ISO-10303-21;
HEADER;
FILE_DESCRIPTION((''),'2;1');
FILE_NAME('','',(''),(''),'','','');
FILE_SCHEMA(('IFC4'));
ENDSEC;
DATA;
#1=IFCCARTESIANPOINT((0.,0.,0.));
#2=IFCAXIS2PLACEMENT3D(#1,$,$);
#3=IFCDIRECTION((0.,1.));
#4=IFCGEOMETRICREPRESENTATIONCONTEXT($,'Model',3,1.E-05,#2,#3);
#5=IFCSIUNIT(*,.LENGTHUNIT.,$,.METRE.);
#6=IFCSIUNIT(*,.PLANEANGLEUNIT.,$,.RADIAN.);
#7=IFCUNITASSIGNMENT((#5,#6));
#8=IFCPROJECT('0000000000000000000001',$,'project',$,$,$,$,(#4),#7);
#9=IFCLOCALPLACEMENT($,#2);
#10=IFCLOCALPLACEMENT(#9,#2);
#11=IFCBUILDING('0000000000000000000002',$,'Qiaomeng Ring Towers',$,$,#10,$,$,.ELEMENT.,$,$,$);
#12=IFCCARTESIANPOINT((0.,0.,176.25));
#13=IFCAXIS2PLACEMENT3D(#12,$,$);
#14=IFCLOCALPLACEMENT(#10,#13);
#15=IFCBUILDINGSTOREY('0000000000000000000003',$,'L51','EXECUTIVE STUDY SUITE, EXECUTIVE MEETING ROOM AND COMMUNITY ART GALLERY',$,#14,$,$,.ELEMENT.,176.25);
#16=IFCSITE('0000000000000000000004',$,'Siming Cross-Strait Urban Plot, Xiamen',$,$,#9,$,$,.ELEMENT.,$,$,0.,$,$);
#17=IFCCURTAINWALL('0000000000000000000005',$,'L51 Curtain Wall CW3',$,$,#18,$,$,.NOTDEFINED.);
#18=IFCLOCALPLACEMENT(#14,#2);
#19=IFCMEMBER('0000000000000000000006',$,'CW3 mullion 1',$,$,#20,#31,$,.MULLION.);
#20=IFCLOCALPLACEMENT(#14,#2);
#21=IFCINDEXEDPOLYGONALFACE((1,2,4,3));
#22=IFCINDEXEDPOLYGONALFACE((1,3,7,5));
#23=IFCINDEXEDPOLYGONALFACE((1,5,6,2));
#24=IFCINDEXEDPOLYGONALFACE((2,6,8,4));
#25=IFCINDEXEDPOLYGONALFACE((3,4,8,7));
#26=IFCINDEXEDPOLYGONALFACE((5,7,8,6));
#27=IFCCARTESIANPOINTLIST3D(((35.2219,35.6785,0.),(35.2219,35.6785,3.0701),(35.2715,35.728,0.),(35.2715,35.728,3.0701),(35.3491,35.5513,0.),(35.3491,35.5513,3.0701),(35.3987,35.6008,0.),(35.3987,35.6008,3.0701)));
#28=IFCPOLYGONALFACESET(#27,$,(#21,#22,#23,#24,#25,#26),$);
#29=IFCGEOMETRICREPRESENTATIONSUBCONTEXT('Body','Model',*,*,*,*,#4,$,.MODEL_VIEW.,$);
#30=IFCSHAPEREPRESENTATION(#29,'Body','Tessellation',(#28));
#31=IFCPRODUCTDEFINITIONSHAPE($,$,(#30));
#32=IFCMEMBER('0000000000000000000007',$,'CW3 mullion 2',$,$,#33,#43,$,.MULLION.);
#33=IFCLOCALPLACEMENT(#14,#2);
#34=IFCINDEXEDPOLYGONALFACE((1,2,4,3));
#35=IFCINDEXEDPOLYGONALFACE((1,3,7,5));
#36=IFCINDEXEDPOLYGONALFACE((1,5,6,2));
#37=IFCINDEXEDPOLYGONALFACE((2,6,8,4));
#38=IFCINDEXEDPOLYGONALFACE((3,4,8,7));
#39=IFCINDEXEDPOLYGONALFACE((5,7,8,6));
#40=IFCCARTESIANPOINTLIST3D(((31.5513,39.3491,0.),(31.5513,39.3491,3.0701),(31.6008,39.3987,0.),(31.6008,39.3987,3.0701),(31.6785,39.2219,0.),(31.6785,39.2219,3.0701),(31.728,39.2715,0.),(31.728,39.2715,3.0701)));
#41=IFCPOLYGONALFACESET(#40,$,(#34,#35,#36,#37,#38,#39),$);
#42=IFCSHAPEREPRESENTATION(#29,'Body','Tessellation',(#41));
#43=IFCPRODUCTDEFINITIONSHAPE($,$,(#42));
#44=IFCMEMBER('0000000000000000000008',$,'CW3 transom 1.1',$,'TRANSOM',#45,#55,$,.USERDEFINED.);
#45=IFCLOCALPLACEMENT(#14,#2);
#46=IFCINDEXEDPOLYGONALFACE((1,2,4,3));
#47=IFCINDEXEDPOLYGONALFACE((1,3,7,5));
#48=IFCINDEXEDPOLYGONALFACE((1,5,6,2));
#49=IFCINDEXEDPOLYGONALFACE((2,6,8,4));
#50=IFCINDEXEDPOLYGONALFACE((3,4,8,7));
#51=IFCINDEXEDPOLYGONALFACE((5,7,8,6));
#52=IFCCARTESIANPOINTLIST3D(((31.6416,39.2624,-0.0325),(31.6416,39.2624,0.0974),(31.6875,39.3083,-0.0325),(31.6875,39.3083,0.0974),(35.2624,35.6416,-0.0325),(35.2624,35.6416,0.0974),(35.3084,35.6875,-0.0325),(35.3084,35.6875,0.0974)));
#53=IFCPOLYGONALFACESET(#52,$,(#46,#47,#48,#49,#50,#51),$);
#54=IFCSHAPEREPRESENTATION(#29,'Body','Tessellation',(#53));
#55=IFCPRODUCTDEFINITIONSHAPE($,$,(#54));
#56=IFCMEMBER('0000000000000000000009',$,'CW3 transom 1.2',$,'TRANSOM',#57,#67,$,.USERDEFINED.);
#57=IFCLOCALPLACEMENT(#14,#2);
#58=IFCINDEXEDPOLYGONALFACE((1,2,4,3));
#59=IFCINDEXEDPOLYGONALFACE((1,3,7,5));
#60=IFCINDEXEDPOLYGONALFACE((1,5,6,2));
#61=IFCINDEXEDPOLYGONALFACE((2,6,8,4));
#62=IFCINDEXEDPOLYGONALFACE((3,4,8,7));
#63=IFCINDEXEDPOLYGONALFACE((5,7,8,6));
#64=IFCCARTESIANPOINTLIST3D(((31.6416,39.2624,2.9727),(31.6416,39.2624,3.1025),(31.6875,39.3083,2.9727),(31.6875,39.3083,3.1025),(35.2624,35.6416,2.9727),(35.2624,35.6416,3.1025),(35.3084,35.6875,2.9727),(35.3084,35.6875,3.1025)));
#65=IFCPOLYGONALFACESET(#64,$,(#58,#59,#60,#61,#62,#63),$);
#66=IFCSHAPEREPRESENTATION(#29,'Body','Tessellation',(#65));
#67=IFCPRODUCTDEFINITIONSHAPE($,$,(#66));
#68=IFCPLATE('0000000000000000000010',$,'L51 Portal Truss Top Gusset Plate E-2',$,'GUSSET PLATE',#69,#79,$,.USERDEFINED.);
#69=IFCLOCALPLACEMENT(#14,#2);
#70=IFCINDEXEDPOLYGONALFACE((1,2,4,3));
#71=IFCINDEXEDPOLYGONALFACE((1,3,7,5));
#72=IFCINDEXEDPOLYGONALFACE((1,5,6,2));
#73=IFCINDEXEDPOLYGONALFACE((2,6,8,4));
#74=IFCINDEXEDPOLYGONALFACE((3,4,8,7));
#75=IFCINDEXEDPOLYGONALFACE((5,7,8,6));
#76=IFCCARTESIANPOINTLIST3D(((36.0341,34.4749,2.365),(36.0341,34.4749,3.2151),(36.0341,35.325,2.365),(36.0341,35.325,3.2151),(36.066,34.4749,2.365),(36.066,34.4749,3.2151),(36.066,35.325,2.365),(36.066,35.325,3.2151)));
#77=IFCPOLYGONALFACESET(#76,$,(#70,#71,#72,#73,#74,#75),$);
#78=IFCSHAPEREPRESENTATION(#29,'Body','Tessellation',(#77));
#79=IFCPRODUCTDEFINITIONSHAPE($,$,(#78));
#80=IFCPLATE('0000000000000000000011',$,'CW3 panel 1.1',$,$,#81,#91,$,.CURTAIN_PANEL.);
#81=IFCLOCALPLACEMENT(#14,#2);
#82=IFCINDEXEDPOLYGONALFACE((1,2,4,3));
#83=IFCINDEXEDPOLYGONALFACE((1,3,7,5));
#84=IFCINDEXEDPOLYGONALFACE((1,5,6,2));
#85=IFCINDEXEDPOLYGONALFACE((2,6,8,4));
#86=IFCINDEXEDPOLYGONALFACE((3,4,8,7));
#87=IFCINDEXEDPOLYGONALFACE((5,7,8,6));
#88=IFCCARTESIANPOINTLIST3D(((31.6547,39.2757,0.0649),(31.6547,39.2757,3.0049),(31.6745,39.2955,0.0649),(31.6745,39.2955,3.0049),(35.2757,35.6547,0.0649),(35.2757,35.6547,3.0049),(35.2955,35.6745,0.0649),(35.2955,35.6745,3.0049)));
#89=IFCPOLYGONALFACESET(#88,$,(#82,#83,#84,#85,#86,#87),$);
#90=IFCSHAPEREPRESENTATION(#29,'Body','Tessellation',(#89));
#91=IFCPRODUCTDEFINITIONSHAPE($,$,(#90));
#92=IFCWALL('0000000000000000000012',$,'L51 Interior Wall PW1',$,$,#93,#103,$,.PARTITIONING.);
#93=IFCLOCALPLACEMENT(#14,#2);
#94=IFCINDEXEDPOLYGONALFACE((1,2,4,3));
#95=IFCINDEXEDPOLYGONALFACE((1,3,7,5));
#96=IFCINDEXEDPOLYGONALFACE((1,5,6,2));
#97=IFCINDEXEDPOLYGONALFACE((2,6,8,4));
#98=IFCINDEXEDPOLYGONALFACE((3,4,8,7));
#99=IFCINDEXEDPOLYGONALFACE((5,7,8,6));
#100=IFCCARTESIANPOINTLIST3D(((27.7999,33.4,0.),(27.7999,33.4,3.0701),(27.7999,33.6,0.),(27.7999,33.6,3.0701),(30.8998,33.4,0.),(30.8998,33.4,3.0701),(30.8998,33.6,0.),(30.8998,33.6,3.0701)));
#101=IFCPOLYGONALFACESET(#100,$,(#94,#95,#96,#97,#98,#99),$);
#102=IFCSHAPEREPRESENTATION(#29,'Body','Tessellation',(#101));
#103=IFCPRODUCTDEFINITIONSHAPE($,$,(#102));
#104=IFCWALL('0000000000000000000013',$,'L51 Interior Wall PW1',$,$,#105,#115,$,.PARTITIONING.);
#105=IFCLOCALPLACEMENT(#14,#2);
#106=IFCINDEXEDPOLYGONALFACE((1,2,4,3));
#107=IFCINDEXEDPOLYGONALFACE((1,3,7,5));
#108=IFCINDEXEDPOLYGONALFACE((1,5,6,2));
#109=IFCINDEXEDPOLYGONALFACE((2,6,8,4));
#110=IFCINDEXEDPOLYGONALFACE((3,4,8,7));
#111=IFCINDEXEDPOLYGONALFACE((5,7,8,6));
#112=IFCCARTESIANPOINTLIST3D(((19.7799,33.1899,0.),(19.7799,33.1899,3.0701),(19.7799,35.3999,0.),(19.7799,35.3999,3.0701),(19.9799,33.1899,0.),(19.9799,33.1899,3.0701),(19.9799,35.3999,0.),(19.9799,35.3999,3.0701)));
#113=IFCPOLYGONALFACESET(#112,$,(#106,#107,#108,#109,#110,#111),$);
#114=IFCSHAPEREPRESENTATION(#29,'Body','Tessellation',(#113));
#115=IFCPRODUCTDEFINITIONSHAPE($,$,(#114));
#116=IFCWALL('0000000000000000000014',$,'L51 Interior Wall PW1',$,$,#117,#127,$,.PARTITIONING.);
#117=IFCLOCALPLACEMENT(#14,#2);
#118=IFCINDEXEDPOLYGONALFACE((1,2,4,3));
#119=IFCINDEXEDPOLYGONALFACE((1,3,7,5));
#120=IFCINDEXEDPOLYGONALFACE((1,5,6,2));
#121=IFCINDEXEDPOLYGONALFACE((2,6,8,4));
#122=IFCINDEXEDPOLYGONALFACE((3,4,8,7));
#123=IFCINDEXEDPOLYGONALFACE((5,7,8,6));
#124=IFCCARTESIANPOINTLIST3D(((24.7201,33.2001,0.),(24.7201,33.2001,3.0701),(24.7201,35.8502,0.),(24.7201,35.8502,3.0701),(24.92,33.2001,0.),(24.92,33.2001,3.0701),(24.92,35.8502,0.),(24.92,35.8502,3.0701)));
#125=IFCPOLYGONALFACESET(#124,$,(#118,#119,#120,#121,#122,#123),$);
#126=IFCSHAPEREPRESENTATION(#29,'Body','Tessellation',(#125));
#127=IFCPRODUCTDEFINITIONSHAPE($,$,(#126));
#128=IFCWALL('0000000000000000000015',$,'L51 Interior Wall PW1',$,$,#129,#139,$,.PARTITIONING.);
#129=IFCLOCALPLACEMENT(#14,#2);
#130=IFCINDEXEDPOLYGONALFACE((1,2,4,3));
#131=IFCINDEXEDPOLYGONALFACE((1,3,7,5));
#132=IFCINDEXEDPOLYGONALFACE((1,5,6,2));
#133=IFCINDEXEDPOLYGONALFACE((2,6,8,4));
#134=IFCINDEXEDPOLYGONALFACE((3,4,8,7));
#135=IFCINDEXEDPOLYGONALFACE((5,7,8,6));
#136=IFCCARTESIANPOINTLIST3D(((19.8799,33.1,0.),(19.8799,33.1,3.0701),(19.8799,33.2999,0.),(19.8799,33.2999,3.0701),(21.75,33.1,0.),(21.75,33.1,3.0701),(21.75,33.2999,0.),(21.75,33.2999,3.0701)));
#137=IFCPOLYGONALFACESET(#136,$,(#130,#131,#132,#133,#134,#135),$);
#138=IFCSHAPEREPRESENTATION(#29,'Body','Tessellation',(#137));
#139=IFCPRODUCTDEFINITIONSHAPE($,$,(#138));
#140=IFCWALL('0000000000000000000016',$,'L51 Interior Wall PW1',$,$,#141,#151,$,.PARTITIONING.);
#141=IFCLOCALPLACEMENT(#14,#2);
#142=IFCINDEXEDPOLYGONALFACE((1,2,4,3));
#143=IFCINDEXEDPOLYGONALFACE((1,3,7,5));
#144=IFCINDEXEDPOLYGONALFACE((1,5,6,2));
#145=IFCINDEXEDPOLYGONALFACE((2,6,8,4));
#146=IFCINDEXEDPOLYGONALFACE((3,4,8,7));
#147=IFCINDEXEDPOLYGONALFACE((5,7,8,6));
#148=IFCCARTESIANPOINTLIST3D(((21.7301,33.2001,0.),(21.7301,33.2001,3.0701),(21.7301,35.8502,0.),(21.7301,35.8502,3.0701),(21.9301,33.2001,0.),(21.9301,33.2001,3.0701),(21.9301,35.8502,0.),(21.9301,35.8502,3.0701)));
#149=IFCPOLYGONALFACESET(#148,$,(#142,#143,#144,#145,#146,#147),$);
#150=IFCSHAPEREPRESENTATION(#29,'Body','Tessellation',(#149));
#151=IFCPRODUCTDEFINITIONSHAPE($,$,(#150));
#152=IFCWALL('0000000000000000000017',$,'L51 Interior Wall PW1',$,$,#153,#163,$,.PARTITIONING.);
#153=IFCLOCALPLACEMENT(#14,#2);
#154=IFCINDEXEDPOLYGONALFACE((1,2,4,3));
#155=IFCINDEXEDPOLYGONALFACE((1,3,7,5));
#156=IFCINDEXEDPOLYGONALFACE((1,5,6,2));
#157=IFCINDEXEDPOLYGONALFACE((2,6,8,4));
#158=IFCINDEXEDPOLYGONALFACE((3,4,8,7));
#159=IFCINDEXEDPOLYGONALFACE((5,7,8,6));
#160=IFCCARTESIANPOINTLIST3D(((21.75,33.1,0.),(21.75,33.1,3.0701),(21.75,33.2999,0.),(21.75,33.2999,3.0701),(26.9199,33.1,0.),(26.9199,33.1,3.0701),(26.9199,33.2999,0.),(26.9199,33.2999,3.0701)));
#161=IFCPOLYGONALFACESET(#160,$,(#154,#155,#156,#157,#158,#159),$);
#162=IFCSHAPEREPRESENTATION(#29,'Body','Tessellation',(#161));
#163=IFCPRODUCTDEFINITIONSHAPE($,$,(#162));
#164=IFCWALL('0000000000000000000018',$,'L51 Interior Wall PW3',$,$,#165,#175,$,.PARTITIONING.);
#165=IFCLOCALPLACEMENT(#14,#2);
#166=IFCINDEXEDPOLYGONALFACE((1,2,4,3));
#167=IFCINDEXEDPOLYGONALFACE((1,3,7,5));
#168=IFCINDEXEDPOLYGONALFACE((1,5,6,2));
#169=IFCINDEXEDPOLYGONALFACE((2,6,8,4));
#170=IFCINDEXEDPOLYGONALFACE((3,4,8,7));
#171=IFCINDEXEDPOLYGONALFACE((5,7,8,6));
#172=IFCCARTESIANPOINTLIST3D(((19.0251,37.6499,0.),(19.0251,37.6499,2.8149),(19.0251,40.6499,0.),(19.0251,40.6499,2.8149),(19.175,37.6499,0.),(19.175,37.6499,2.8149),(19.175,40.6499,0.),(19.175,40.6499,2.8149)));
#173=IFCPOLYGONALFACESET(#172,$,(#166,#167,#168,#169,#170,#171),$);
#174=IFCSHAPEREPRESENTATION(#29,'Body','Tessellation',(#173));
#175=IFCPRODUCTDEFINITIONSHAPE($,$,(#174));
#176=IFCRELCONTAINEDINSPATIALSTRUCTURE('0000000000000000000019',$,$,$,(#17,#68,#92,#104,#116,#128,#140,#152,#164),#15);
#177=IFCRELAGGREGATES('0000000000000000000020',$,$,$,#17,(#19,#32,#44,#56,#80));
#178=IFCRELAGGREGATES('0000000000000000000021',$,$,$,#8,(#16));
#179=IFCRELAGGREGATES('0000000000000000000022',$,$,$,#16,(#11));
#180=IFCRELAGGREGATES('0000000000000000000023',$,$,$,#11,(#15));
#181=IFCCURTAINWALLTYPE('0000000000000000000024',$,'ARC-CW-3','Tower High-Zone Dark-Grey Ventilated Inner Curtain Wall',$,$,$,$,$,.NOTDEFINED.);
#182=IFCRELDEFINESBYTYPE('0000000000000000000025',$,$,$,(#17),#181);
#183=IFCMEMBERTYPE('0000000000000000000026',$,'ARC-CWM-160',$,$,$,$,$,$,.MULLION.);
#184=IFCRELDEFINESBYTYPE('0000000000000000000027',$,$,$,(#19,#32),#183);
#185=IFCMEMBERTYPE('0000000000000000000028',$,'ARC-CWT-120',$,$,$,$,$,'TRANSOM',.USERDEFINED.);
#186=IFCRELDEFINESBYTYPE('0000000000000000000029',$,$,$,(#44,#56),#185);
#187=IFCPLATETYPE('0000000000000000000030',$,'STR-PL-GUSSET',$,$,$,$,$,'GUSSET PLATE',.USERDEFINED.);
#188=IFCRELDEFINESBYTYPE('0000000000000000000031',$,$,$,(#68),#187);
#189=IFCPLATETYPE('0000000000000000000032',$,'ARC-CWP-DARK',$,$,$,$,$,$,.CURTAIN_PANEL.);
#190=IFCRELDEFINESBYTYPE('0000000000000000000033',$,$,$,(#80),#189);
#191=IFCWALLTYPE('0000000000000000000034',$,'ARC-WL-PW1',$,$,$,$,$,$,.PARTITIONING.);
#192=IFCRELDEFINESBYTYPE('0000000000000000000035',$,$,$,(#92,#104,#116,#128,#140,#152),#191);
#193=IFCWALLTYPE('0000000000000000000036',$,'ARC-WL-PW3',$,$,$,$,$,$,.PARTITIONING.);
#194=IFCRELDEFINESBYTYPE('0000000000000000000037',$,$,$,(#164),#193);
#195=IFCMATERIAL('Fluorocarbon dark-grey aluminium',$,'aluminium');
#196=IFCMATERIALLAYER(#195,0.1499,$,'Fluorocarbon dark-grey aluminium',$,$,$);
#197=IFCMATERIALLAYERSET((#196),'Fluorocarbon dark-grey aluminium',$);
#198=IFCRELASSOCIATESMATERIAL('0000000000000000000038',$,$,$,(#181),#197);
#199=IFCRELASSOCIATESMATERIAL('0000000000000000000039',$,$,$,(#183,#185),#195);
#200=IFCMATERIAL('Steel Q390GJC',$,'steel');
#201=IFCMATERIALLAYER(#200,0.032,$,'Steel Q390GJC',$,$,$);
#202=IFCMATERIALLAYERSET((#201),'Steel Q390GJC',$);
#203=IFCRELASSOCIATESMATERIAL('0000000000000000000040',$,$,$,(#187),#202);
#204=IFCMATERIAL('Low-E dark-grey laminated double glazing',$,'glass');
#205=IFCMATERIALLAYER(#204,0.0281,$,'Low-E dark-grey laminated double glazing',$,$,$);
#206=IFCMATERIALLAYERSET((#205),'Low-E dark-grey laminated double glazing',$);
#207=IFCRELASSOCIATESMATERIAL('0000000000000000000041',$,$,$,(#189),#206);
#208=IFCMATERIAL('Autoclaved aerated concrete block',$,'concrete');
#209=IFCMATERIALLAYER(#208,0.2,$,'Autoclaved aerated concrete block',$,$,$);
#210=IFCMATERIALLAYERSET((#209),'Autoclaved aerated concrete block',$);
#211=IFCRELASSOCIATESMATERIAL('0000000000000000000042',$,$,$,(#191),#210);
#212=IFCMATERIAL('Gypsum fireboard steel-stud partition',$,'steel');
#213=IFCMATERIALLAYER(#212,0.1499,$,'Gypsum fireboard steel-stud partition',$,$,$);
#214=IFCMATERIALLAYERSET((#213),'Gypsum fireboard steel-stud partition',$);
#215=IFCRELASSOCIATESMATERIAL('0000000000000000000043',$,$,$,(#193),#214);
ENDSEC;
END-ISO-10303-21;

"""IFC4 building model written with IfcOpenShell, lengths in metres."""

from ifc_helpers import new_model, si_unit, direction, frame, frame_2d, origin, origin_2d, place, context, subcontext, project, spatial, rectangle, extrude, source, transform, mapped, material, layer, layer_set, material_profile, profile_set, type_object, element, aggregate, save


model = new_model("IFC4")

# Units and contexts
model_context = context("Model", 3, precision=1e-05, world=origin(), true_north=direction((0.0, 1.0)))
body_context = subcontext(model_context, "Body", "Model", "MODEL_VIEW")
ifc_project = project(units=[si_unit("LENGTHUNIT", "METRE"), si_unit("PLANEANGLEUNIT", "RADIAN")], contexts=[model_context])

# Site, building, storey
site_placement = place(None, origin())
site = spatial("IfcSite", under=ifc_project, at=site_placement, Name="Siming Cross-Strait Urban Plot, Xiamen", CompositionType="ELEMENT", RefElevation=0.0)
building_placement = place(site_placement, origin())
building = spatial("IfcBuilding", under=site, at=building_placement, Name="Qiaomeng Ring Towers", CompositionType="ELEMENT")
storey_placement = place(building_placement, frame((0.0, 0.0, 176.25)))
storey = spatial("IfcBuildingStorey", under=building, at=storey_placement, Name="L51", Description="EXECUTIVE STUDY SUITE, EXECUTIVE MEETING ROOM AND COMMUNITY ART GALLERY", CompositionType="ELEMENT", Elevation=176.25)

# Shared definitions
ifc_material_1 = material(Name="Steel Q390GJC", Category="steel")

# Curtain wall, members
ifc_material_2 = material(Name="Fluorocarbon dark-grey aluminium", Category="aluminium")
ifc_layer_1 = layer(ifc_material_2, 0.1499, Name="Fluorocarbon dark-grey aluminium")
ifc_layer_set_1 = layer_set([ifc_layer_1], Name="Fluorocarbon dark-grey aluminium")
curtain_wall_type = type_object("IfcCurtainWallType", Name="ARC-CW-3", Description="Tower High-Zone Dark-Grey Ventilated Inner Curtain Wall", PredefinedType="NOTDEFINED", material=ifc_layer_set_1)
curtain_wall_placement = place(storey_placement, origin())
curtain_wall = element("IfcCurtainWall", 1, at=curtain_wall_placement, inside=storey, type_object=curtain_wall_type, Name="L51 Curtain Wall CW3", PredefinedType="NOTDEFINED")
ifc_material_profile_1 = material_profile(ifc_material_2, rectangle(XDim=0.0701, YDim=0.1799, at=origin_2d()), Name="ALU MULL 70x180")
ifc_profile_set_1 = profile_set([ifc_material_profile_1], Name="Fluorocarbon dark-grey aluminium")
member_type_1 = type_object("IfcMemberType", Name="ARC-CWM-160", PredefinedType="MULLION", material=ifc_profile_set_1)
shared_shape_1 = source(origin(), body_context, "Body", "SweptSolid", [
    extrude(rectangle(XDim=0.0701, YDim=0.1799, at=origin_2d()), origin(), (0.0, 0.0, 1.0), 3.0701),
])
member_1_placement = place(storey_placement, frame((35.3103, 35.6396, 0.0), z_axis=(0.0, 0.0, 1.0), x_axis=(-0.707107, -0.707107, 0.0)))
member_1 = element("IfcMember", 2, at=member_1_placement, type_object=member_type_1, Name="CW3 mullion 1", PredefinedType="MULLION", context=body_context, shape_type="MappedRepresentation", body=[
    mapped(shared_shape_1, transform((0.0, 0.0, 0.0), x_axis=(1.0, 0.0, 0.0), y_axis=(0.0, 1.0, 0.0), z_axis=(0.0, 0.0, 1.0), scale=1.0)),
])
member_2_placement = place(storey_placement, frame((31.6396, 39.3103, 0.0), z_axis=(0.0, 0.0, 1.0), x_axis=(-0.707107, -0.707107, 0.0)))
member_2 = element("IfcMember", 3, at=member_2_placement, type_object=member_type_1, Name="CW3 mullion 2", PredefinedType="MULLION", context=body_context, shape_type="MappedRepresentation", body=[
    mapped(shared_shape_1, transform((0.0, 0.0, 0.0), x_axis=(1.0, 0.0, 0.0), y_axis=(0.0, 1.0, 0.0), z_axis=(0.0, 0.0, 1.0), scale=1.0)),
])
ifc_material_profile_2 = material_profile(ifc_material_2, rectangle(XDim=0.0649, YDim=0.1299, at=origin_2d()), Name="ALU TRAN 65x130")
ifc_profile_set_2 = profile_set([ifc_material_profile_2], Name="Fluorocarbon dark-grey aluminium")
member_type_2 = type_object("IfcMemberType", Name="ARC-CWT-120", ElementType="TRANSOM", PredefinedType="USERDEFINED", material=ifc_profile_set_2)
shared_shape_2 = source(origin(), body_context, "Body", "SweptSolid", [
    extrude(rectangle(XDim=0.0649, YDim=0.1299, at=origin_2d()), origin(), (0.0, 0.0, 1.0), 5.1206),
])
member_3_placement = place(storey_placement, frame((35.2854, 35.6646, 0.0325), z_axis=(-0.707107, 0.707107, 0.0), x_axis=(-0.707107, -0.707107, 0.0)))
member_3 = element("IfcMember", 4, at=member_3_placement, type_object=member_type_2, Name="CW3 transom 1.1", ObjectType="TRANSOM", PredefinedType="USERDEFINED", context=body_context, shape_type="MappedRepresentation", body=[
    mapped(shared_shape_2, transform((0.0, 0.0, 0.0), x_axis=(1.0, 0.0, 0.0), y_axis=(0.0, 1.0, 0.0), z_axis=(0.0, 0.0, 1.0), scale=1.0)),
])
member_4_placement = place(storey_placement, frame((35.2854, 35.6646, 3.0376), z_axis=(-0.707107, 0.707107, 0.0), x_axis=(-0.707107, -0.707107, 0.0)))
member_4 = element("IfcMember", 5, at=member_4_placement, type_object=member_type_2, Name="CW3 transom 1.2", ObjectType="TRANSOM", PredefinedType="USERDEFINED", context=body_context, shape_type="MappedRepresentation", body=[
    mapped(shared_shape_2, transform((0.0, 0.0, 0.0), x_axis=(1.0, 0.0, 0.0), y_axis=(0.0, 1.0, 0.0), z_axis=(0.0, 0.0, 1.0), scale=1.0)),
])

# Plates
ifc_layer_2 = layer(ifc_material_1, 0.032, Name="Steel Q390GJC")
ifc_layer_set_2 = layer_set([ifc_layer_2], Name="Steel Q390GJC")
plate_type_1 = type_object("IfcPlateType", Name="STR-PL-GUSSET", ElementType="GUSSET PLATE", PredefinedType="USERDEFINED", material=ifc_layer_set_2)
shared_shape_3 = source(origin(), body_context, "Body", "SweptSolid", [
    extrude(rectangle(XDim=0.032, YDim=0.8501, at=origin_2d()), origin(), (0.0, 0.0, 1.0), 0.8501),
])
plate_1_placement = place(storey_placement, frame((36.05, 34.8999, 2.365), z_axis=(0.0, 0.0, 1.0), x_axis=(1.0, 0.0, 0.0)))
element("IfcPlate", 6, at=plate_1_placement, inside=storey, type_object=plate_type_1, Name="L51 Portal Truss Top Gusset Plate E-2", ObjectType="GUSSET PLATE", PredefinedType="USERDEFINED", context=body_context, shape_type="MappedRepresentation", body=[
    mapped(shared_shape_3, transform((0.0, 0.0, 0.0), x_axis=(1.0, 0.0, 0.0), y_axis=(0.0, 1.0, 0.0), z_axis=(0.0, 0.0, 1.0), scale=1.0)),
])
ifc_material_3 = material(Name="Low-E dark-grey laminated double glazing", Category="glass")
ifc_layer_3 = layer(ifc_material_3, 0.0281, Name="Low-E dark-grey laminated double glazing")
ifc_layer_set_3 = layer_set([ifc_layer_3], Name="Low-E dark-grey laminated double glazing")
plate_type_2 = type_object("IfcPlateType", Name="ARC-CWP-DARK", PredefinedType="CURTAIN_PANEL", material=ifc_layer_set_3)
shared_shape_4 = source(origin(), body_context, "Body", "SweptSolid", [
    extrude(rectangle(XDim=5.1208, YDim=0.0281, at=origin_2d()), origin(), (0.0, 0.0, 1.0), 2.9399),
])
plate_2_placement = place(storey_placement, frame((33.4751, 37.4751, 0.0649), z_axis=(0.0, 0.0, 1.0), x_axis=(-0.707107, 0.707107, 0.0)))
plate_2 = element("IfcPlate", 7, at=plate_2_placement, type_object=plate_type_2, Name="CW3 panel 1.1", PredefinedType="CURTAIN_PANEL", context=body_context, shape_type="MappedRepresentation", body=[
    mapped(shared_shape_4, transform((0.0, 0.0, 0.0), x_axis=(1.0, 0.0, 0.0), y_axis=(0.0, 1.0, 0.0), z_axis=(0.0, 0.0, 1.0), scale=1.0)),
])
aggregate(curtain_wall, [member_1, member_2, member_3, member_4, plate_2])

# Walls
ifc_material_4 = material(Name="Autoclaved aerated concrete block", Category="concrete")
ifc_layer_4 = layer(ifc_material_4, 0.2, Name="Autoclaved aerated concrete block")
ifc_layer_set_4 = layer_set([ifc_layer_4], Name="Autoclaved aerated concrete block")
wall_type_1 = type_object("IfcWallType", Name="ARC-WL-PW1", PredefinedType="PARTITIONING", material=ifc_layer_set_4)
wall_1_placement = place(storey_placement, frame((27.8, 33.5, 0.0), z_axis=(0.0, 0.0, 1.0), x_axis=(1.0, 0.0, 0.0)))
element("IfcWall", 8, at=wall_1_placement, inside=storey, type_object=wall_type_1, Name="L51 Interior Wall PW1", PredefinedType="PARTITIONING", context=body_context, shape_type="SweptSolid", body=[
    extrude(rectangle(XDim=3.0999, YDim=0.2, at=frame_2d((1.5498, 0.0))), origin(), (0.0, 0.0, 1.0), 3.0701),
])
wall_2_placement = place(storey_placement, frame((19.8799, 33.1899, 0.0), z_axis=(0.0, 0.0, 1.0), x_axis=(0.0, 1.0, 0.0)))
element("IfcWall", 9, at=wall_2_placement, inside=storey, type_object=wall_type_1, Name="L51 Interior Wall PW1", PredefinedType="PARTITIONING", context=body_context, shape_type="SweptSolid", body=[
    extrude(rectangle(XDim=2.21, YDim=0.2, at=frame_2d((1.105, 0.0))), origin(), (0.0, 0.0, 1.0), 3.0701),
])
wall_3_placement = place(storey_placement, frame((24.8201, 33.2, 0.0), z_axis=(0.0, 0.0, 1.0), x_axis=(0.0, 1.0, 0.0)))
element("IfcWall", 10, at=wall_3_placement, inside=storey, type_object=wall_type_1, Name="L51 Interior Wall PW1", PredefinedType="PARTITIONING", context=body_context, shape_type="SweptSolid", body=[
    extrude(rectangle(XDim=2.6501, YDim=0.2, at=frame_2d((1.3252, 0.0))), origin(), (0.0, 0.0, 1.0), 3.0701),
])
wall_4_placement = place(storey_placement, frame((19.8799, 33.2, 0.0), z_axis=(0.0, 0.0, 1.0), x_axis=(1.0, 0.0, 0.0)))
element("IfcWall", 11, at=wall_4_placement, inside=storey, type_object=wall_type_1, Name="L51 Interior Wall PW1", PredefinedType="PARTITIONING", context=body_context, shape_type="SweptSolid", body=[
    extrude(rectangle(XDim=1.8701, YDim=0.2, at=frame_2d((0.9351, 0.0))), origin(), (0.0, 0.0, 1.0), 3.0701),
])
wall_5_placement = place(storey_placement, frame((21.8301, 33.2, 0.0), z_axis=(0.0, 0.0, 1.0), x_axis=(0.0, 1.0, 0.0)))
element("IfcWall", 12, at=wall_5_placement, inside=storey, type_object=wall_type_1, Name="L51 Interior Wall PW1", PredefinedType="PARTITIONING", context=body_context, shape_type="SweptSolid", body=[
    extrude(rectangle(XDim=2.6501, YDim=0.2, at=frame_2d((1.3252, 0.0))), origin(), (0.0, 0.0, 1.0), 3.0701),
])
wall_6_placement = place(storey_placement, frame((21.75, 33.2, 0.0), z_axis=(0.0, 0.0, 1.0), x_axis=(1.0, 0.0, 0.0)))
element("IfcWall", 13, at=wall_6_placement, inside=storey, type_object=wall_type_1, Name="L51 Interior Wall PW1", PredefinedType="PARTITIONING", context=body_context, shape_type="SweptSolid", body=[
    extrude(rectangle(XDim=5.1699, YDim=0.2, at=frame_2d((2.585, 0.0))), origin(), (0.0, 0.0, 1.0), 3.0701),
])
ifc_material_5 = material(Name="Gypsum fireboard steel-stud partition", Category="steel")
ifc_layer_5 = layer(ifc_material_5, 0.1499, Name="Gypsum fireboard steel-stud partition")
ifc_layer_set_5 = layer_set([ifc_layer_5], Name="Gypsum fireboard steel-stud partition")
wall_type_2 = type_object("IfcWallType", Name="ARC-WL-PW3", PredefinedType="PARTITIONING", material=ifc_layer_set_5)
wall_7_placement = place(storey_placement, frame((19.1001, 37.6499, 0.0), z_axis=(0.0, 0.0, 1.0), x_axis=(0.0, 1.0, 0.0)))
element("IfcWall", 14, at=wall_7_placement, inside=storey, type_object=wall_type_2, Name="L51 Interior Wall PW3", PredefinedType="PARTITIONING", context=body_context, shape_type="SweptSolid", body=[
    extrude(rectangle(XDim=3.0, YDim=0.1499, at=frame_2d((1.5, 0.0))), origin(), (0.0, 0.0, 1.0), 2.8149),
])

save(model, "model.ifc")
